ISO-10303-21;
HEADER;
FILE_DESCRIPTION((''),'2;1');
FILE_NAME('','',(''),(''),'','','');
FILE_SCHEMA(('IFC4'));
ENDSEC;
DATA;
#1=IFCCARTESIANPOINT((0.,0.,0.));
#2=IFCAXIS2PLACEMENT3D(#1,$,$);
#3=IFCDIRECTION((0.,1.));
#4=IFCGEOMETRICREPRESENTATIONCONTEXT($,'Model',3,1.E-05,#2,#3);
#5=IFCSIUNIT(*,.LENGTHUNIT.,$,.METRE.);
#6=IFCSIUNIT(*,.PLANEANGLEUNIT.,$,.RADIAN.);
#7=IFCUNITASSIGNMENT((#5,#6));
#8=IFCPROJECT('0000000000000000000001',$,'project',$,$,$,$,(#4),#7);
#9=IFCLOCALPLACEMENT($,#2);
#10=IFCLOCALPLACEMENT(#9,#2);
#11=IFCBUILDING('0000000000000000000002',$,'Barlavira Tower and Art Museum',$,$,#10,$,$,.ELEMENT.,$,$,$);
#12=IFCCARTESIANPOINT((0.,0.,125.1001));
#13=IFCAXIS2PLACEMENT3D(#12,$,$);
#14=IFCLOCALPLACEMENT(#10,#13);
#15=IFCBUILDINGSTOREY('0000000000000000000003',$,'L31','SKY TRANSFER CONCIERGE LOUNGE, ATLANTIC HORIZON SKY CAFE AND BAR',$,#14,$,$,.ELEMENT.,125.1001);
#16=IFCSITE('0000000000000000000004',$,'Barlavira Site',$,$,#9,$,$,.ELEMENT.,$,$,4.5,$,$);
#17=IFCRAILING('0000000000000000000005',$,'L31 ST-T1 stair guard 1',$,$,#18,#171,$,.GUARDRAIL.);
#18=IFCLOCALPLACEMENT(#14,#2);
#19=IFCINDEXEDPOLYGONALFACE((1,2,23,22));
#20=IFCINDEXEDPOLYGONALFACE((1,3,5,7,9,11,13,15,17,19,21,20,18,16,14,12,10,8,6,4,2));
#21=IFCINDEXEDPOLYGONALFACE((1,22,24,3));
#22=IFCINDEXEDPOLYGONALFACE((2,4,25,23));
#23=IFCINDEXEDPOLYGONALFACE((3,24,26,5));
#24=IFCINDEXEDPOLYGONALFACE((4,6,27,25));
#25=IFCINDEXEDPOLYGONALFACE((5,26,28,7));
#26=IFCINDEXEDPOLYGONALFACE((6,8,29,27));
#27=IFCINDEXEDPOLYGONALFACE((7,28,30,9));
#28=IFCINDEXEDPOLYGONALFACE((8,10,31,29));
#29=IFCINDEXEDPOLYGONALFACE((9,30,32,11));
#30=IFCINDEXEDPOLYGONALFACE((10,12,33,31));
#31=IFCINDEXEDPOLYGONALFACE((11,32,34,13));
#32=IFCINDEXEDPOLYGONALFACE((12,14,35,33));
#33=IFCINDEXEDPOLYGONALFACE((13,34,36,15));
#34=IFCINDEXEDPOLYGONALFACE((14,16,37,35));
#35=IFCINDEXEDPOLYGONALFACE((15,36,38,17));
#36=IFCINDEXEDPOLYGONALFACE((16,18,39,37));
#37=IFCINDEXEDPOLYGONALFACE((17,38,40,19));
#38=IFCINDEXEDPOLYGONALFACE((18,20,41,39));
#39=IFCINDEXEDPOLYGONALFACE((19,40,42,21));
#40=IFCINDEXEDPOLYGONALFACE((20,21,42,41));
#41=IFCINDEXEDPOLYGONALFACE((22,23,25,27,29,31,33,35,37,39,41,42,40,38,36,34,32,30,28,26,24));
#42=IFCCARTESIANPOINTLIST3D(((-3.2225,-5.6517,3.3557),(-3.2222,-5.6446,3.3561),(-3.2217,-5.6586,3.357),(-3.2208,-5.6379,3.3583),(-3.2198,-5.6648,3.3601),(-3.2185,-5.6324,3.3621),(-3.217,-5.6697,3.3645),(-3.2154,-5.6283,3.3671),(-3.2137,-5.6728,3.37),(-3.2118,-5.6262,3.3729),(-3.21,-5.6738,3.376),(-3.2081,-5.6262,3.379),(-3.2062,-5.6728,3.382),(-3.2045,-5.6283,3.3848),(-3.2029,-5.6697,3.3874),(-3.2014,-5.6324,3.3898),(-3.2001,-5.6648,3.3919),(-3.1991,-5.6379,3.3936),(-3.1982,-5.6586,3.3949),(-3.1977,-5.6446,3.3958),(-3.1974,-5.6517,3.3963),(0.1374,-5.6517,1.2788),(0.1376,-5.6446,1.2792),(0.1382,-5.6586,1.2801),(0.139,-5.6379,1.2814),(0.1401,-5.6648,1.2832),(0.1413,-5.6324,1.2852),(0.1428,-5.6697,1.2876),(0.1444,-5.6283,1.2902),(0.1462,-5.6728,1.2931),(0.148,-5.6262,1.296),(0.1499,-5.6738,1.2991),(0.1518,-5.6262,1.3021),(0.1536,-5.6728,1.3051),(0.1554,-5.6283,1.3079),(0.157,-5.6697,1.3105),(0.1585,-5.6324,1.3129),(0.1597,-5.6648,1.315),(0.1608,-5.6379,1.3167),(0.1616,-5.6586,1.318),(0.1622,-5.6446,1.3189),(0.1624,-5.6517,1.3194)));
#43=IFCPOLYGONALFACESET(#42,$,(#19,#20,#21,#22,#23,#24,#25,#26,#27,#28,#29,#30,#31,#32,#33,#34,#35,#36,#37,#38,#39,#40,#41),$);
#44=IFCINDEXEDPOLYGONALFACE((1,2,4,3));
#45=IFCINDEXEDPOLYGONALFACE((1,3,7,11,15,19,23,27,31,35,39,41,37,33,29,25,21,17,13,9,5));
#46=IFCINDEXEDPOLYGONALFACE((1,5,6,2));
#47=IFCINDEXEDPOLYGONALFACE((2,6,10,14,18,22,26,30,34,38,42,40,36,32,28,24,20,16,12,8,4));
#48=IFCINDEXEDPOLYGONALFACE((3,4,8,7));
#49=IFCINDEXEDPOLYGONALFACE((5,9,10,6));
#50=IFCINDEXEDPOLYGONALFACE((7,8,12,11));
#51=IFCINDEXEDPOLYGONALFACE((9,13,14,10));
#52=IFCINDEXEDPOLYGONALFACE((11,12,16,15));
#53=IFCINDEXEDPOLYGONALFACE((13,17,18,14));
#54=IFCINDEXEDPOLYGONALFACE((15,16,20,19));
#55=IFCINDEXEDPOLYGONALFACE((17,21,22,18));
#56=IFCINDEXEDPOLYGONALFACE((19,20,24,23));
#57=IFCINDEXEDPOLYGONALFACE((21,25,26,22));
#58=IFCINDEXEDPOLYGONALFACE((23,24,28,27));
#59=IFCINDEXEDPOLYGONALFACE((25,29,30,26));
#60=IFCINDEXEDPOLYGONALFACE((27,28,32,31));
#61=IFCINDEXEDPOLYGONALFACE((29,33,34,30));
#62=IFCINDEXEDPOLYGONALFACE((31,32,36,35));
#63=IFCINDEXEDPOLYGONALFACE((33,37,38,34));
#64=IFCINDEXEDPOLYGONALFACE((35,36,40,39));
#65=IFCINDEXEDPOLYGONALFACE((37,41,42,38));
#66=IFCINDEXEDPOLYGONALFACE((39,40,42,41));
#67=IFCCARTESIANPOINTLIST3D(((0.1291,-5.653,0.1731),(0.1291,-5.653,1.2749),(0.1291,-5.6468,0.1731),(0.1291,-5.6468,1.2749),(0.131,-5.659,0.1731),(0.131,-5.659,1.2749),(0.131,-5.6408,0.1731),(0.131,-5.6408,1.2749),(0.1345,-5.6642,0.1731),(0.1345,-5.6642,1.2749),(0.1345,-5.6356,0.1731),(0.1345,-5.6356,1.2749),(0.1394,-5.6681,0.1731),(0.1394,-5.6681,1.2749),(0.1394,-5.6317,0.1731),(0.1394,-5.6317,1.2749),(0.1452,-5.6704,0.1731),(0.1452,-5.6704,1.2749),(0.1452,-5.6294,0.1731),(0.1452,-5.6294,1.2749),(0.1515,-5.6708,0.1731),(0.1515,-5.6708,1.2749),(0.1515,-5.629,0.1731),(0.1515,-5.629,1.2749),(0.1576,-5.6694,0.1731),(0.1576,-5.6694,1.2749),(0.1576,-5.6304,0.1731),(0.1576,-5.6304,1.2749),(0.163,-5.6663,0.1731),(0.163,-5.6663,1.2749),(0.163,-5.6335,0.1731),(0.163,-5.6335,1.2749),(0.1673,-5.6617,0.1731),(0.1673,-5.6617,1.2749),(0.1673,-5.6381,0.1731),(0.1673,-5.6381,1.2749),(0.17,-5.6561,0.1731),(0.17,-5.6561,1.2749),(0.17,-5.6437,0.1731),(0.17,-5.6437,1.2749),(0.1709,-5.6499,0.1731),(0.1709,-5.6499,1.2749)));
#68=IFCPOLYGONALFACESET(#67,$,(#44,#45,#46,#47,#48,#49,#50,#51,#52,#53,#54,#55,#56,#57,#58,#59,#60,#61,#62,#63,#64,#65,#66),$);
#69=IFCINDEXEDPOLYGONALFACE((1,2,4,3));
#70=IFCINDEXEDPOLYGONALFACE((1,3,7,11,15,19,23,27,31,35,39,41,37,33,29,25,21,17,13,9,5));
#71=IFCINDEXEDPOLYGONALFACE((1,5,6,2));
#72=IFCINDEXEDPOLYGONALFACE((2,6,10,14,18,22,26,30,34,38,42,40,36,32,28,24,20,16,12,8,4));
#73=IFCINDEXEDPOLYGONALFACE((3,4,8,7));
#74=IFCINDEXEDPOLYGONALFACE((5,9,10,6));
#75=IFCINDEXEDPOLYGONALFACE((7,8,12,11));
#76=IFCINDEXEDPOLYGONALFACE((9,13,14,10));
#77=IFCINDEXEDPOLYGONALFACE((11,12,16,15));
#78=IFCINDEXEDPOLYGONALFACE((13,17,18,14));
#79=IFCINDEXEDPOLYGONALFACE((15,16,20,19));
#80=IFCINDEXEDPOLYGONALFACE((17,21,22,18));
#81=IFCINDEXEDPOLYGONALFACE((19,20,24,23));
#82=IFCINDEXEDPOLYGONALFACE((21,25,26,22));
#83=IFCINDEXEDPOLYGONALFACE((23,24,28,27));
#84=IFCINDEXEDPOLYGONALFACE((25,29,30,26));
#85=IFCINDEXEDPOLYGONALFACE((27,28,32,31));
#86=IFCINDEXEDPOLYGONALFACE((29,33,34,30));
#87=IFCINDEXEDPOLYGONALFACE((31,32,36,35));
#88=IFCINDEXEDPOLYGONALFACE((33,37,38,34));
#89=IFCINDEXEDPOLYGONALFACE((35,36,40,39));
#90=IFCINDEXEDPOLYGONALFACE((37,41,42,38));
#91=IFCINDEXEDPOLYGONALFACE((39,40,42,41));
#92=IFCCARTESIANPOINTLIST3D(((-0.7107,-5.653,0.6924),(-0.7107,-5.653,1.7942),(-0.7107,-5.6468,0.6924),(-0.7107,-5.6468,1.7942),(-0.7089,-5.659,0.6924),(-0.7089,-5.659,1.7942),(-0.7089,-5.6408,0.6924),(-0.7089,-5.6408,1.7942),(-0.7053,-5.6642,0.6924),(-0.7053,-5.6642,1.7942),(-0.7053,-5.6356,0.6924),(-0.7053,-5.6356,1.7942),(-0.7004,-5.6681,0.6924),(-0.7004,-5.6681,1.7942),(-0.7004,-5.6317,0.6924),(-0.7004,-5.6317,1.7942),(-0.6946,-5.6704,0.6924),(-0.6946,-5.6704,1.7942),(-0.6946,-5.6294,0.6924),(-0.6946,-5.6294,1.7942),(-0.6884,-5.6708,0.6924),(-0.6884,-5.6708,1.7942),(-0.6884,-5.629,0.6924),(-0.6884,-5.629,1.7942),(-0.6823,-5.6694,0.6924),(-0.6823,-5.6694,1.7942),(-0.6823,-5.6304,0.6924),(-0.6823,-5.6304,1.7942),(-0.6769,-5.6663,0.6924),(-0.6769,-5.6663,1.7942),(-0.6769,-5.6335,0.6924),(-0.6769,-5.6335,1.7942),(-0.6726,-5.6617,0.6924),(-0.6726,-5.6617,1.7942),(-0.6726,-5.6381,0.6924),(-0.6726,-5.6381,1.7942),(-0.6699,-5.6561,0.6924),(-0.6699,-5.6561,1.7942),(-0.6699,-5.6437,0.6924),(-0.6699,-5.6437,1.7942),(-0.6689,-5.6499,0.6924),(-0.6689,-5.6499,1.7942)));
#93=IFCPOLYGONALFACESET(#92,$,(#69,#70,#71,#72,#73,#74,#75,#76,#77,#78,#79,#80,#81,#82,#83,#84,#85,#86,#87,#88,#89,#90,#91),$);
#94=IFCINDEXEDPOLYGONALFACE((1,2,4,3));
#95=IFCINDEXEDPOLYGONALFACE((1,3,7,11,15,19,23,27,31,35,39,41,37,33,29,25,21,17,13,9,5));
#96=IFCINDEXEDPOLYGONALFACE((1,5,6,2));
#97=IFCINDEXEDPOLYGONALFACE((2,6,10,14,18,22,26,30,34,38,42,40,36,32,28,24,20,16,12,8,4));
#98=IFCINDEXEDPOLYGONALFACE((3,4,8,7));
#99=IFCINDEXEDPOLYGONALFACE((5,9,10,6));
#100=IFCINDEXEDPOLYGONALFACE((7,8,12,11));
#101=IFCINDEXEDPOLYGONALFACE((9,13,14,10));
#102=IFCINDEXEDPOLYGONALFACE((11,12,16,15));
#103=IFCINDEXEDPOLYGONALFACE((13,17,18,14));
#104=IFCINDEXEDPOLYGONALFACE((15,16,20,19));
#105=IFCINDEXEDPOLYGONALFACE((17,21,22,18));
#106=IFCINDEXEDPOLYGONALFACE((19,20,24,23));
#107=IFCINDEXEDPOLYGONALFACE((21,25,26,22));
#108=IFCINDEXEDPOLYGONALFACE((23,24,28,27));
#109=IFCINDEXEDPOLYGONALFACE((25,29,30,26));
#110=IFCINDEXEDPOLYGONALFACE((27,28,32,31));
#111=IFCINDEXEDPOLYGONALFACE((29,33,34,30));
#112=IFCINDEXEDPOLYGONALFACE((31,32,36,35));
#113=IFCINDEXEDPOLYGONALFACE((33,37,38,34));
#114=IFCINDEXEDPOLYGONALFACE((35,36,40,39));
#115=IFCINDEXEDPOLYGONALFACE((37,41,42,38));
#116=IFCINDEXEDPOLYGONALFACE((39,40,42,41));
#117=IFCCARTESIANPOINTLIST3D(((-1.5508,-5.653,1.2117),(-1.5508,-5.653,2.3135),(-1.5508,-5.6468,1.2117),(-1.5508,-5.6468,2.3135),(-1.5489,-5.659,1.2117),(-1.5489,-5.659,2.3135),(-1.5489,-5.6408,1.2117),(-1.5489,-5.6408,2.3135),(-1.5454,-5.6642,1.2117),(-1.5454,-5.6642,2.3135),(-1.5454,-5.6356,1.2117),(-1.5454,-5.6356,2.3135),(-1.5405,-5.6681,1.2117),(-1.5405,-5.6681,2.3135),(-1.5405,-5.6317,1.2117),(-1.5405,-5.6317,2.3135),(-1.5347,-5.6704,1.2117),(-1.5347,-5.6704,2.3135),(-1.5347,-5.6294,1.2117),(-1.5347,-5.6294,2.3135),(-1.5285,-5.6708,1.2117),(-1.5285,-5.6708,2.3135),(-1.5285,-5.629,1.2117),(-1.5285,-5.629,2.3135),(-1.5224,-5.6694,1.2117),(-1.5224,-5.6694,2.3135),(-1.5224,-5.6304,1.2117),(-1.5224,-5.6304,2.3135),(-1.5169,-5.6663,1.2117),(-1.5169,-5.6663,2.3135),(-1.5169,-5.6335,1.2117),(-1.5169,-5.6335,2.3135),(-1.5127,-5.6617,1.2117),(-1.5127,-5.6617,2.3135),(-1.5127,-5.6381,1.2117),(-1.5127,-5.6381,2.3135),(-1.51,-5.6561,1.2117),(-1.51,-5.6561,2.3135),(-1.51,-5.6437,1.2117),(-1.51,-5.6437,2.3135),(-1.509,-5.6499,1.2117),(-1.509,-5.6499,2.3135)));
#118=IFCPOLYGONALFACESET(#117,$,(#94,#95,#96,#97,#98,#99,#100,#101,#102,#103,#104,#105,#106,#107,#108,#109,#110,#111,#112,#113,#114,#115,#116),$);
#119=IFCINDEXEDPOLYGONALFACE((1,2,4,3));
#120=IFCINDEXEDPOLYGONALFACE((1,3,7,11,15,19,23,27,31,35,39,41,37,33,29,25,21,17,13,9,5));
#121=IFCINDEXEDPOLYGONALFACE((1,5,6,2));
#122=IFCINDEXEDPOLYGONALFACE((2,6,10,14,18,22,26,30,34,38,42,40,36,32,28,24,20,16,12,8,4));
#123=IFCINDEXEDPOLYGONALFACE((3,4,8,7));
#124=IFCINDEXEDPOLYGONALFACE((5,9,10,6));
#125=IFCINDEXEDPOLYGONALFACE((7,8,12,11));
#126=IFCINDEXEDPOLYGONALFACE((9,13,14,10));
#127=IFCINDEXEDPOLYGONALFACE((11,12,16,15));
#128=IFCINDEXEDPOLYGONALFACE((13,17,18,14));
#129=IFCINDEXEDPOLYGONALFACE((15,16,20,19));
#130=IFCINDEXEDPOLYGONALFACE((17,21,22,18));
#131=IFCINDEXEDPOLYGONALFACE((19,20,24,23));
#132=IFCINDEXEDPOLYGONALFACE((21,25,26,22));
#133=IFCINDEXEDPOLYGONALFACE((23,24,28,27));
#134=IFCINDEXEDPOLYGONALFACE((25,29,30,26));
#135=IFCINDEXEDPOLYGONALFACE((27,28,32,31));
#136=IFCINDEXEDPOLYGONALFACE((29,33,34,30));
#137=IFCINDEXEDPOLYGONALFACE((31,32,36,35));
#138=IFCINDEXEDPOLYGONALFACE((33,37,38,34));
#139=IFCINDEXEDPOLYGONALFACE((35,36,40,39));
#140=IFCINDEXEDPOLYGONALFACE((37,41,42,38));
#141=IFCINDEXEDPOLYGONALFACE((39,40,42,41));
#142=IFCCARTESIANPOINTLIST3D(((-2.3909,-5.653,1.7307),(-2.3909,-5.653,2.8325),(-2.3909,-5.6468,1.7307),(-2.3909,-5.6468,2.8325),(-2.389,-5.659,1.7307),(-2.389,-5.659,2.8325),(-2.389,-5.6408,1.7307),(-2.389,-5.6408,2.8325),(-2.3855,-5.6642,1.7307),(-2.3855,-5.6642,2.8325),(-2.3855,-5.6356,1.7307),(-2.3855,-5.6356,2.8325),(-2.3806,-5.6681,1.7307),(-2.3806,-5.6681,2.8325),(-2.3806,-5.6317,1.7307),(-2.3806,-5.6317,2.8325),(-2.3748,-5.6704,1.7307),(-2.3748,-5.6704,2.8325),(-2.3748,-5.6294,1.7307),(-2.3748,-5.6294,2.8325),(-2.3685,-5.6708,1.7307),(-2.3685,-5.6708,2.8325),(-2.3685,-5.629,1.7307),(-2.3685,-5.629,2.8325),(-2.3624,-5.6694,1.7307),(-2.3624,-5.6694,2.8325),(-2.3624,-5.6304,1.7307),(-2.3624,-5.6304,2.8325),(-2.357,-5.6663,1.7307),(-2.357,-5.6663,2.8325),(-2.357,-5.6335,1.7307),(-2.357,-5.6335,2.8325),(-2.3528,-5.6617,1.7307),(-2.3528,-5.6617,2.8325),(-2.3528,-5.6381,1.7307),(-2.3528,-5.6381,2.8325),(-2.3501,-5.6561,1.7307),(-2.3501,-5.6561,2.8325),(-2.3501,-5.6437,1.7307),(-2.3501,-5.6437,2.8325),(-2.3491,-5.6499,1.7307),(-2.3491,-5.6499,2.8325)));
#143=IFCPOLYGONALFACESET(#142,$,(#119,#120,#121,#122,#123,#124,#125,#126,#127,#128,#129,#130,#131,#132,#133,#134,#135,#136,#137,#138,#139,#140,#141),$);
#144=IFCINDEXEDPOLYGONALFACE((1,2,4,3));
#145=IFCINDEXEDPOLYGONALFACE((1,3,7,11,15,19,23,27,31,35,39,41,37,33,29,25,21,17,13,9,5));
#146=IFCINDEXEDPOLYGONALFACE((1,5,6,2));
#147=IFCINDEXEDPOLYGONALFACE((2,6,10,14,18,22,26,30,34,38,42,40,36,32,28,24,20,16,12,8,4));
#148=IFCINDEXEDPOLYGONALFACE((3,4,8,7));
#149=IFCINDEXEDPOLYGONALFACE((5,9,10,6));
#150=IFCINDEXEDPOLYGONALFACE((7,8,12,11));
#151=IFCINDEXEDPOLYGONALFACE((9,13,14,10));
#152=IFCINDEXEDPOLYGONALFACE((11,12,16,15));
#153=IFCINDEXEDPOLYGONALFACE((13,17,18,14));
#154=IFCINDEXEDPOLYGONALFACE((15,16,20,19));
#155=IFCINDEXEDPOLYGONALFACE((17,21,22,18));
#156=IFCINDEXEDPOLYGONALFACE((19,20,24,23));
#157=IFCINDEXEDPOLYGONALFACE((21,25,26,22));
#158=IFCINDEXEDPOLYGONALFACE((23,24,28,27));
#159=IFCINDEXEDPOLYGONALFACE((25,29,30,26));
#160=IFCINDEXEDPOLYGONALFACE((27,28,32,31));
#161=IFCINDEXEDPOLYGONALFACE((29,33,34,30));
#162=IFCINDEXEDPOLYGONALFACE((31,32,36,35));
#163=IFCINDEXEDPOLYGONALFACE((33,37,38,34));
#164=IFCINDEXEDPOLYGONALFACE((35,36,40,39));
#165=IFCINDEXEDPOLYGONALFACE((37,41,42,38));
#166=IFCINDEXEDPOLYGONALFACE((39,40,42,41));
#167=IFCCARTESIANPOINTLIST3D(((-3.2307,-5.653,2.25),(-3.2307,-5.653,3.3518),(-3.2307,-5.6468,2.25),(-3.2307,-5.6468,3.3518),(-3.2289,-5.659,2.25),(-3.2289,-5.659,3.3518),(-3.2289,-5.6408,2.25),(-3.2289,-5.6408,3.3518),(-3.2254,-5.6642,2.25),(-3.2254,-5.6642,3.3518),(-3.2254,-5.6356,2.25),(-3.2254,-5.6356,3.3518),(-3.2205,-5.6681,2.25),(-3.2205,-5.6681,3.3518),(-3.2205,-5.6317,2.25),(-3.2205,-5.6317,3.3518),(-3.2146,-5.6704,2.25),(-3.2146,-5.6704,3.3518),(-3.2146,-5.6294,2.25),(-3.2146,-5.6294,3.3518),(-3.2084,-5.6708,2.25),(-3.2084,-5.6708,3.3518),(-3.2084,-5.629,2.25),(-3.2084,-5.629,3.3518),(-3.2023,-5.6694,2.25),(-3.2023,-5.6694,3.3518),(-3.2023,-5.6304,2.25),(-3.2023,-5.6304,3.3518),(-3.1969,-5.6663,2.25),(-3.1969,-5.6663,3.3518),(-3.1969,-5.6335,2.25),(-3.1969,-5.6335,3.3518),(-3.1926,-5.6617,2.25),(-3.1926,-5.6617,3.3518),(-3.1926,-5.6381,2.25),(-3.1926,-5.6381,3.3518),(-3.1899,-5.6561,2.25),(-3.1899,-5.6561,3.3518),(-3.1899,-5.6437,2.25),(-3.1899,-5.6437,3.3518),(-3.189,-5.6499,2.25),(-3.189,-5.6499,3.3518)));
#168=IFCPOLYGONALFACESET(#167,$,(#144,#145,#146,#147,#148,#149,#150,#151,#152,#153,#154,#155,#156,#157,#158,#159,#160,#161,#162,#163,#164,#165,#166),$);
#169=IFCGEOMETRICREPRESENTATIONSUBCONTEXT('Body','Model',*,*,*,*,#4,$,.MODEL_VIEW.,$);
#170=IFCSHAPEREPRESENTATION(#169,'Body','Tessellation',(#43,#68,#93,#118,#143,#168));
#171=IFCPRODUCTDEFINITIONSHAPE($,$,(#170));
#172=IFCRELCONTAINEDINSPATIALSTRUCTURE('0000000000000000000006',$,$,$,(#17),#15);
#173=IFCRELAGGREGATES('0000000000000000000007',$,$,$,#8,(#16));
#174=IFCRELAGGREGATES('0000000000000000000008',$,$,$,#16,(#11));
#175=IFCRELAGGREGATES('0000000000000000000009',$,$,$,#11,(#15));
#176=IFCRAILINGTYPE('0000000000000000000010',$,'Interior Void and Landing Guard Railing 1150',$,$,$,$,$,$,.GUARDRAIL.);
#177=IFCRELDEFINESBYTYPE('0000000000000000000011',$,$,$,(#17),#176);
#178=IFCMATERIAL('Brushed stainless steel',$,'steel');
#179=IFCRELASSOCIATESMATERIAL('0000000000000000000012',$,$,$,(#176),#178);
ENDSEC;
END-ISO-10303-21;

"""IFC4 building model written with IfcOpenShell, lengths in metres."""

from ifc_helpers import new_model, si_unit, direction, frame, origin, origin_2d, place, context, subcontext, project, spatial, circle, extrude, material, type_object, element, save


model = new_model("IFC4")

# Units and contexts
model_context = context("Model", 3, precision=1e-05, world=origin(), true_north=direction((0.0, 1.0)))
body_context = subcontext(model_context, "Body", "Model", "MODEL_VIEW")
ifc_project = project(units=[si_unit("LENGTHUNIT", "METRE"), si_unit("PLANEANGLEUNIT", "RADIAN")], contexts=[model_context])

# Site, building, storey
site_placement = place(None, origin())
site = spatial("IfcSite", under=ifc_project, at=site_placement, Name="Barlavira Site", CompositionType="ELEMENT", RefElevation=4.5)
building_placement = place(site_placement, origin())
building = spatial("IfcBuilding", under=site, at=building_placement, Name="Barlavira Tower and Art Museum", CompositionType="ELEMENT")
storey_placement = place(building_placement, frame((0.0, 0.0, 125.1001)))
storey = spatial("IfcBuildingStorey", under=building, at=storey_placement, Name="L31", Description="SKY TRANSFER CONCIERGE LOUNGE, ATLANTIC HORIZON SKY CAFE AND BAR", CompositionType="ELEMENT", Elevation=125.1001)

# Shared definitions
ifc_material_1 = material(Name="Brushed stainless steel", Category="steel")

# Railing
railing_type_1 = type_object("IfcRailingType", Name="Interior Void and Landing Guard Railing 1150", PredefinedType="GUARDRAIL", material=ifc_material_1)
railing_1_placement = place(storey_placement, frame((0.1499, -5.6499, 0.1731)))
element("IfcRailing", 1, at=railing_1_placement, inside=storey, type_object=railing_type_1, Name="L31 ST-T1 stair guard 1", PredefinedType="GUARDRAIL", context=body_context, shape_type="SweptSolid", body=[
    extrude(circle(Radius=0.0239, at=origin_2d()), frame((0.0, 0.0, 1.126), z_axis=(-0.850606, 0.0, 0.525803), x_axis=(0.0, -1.0, 0.0)), (0.0, 0.0, 1.0), 3.95),
    extrude(circle(Radius=0.021, at=origin_2d()), origin(), (0.0, 0.0, 1.0), 1.1018),
    extrude(circle(Radius=0.021, at=origin_2d()), frame((-0.8398, 0.0, 0.5193)), (0.0, 0.0, 1.0), 1.1018),
    extrude(circle(Radius=0.021, at=origin_2d()), frame((-1.6799, 0.0, 1.0386)), (0.0, 0.0, 1.0), 1.1018),
    extrude(circle(Radius=0.021, at=origin_2d()), frame((-2.52, 0.0, 1.5576)), (0.0, 0.0, 1.0), 1.1018),
    extrude(circle(Radius=0.021, at=origin_2d()), frame((-3.3599, 0.0, 2.0769)), (0.0, 0.0, 1.0), 1.1018),
])

save(model, "model.ifc")
